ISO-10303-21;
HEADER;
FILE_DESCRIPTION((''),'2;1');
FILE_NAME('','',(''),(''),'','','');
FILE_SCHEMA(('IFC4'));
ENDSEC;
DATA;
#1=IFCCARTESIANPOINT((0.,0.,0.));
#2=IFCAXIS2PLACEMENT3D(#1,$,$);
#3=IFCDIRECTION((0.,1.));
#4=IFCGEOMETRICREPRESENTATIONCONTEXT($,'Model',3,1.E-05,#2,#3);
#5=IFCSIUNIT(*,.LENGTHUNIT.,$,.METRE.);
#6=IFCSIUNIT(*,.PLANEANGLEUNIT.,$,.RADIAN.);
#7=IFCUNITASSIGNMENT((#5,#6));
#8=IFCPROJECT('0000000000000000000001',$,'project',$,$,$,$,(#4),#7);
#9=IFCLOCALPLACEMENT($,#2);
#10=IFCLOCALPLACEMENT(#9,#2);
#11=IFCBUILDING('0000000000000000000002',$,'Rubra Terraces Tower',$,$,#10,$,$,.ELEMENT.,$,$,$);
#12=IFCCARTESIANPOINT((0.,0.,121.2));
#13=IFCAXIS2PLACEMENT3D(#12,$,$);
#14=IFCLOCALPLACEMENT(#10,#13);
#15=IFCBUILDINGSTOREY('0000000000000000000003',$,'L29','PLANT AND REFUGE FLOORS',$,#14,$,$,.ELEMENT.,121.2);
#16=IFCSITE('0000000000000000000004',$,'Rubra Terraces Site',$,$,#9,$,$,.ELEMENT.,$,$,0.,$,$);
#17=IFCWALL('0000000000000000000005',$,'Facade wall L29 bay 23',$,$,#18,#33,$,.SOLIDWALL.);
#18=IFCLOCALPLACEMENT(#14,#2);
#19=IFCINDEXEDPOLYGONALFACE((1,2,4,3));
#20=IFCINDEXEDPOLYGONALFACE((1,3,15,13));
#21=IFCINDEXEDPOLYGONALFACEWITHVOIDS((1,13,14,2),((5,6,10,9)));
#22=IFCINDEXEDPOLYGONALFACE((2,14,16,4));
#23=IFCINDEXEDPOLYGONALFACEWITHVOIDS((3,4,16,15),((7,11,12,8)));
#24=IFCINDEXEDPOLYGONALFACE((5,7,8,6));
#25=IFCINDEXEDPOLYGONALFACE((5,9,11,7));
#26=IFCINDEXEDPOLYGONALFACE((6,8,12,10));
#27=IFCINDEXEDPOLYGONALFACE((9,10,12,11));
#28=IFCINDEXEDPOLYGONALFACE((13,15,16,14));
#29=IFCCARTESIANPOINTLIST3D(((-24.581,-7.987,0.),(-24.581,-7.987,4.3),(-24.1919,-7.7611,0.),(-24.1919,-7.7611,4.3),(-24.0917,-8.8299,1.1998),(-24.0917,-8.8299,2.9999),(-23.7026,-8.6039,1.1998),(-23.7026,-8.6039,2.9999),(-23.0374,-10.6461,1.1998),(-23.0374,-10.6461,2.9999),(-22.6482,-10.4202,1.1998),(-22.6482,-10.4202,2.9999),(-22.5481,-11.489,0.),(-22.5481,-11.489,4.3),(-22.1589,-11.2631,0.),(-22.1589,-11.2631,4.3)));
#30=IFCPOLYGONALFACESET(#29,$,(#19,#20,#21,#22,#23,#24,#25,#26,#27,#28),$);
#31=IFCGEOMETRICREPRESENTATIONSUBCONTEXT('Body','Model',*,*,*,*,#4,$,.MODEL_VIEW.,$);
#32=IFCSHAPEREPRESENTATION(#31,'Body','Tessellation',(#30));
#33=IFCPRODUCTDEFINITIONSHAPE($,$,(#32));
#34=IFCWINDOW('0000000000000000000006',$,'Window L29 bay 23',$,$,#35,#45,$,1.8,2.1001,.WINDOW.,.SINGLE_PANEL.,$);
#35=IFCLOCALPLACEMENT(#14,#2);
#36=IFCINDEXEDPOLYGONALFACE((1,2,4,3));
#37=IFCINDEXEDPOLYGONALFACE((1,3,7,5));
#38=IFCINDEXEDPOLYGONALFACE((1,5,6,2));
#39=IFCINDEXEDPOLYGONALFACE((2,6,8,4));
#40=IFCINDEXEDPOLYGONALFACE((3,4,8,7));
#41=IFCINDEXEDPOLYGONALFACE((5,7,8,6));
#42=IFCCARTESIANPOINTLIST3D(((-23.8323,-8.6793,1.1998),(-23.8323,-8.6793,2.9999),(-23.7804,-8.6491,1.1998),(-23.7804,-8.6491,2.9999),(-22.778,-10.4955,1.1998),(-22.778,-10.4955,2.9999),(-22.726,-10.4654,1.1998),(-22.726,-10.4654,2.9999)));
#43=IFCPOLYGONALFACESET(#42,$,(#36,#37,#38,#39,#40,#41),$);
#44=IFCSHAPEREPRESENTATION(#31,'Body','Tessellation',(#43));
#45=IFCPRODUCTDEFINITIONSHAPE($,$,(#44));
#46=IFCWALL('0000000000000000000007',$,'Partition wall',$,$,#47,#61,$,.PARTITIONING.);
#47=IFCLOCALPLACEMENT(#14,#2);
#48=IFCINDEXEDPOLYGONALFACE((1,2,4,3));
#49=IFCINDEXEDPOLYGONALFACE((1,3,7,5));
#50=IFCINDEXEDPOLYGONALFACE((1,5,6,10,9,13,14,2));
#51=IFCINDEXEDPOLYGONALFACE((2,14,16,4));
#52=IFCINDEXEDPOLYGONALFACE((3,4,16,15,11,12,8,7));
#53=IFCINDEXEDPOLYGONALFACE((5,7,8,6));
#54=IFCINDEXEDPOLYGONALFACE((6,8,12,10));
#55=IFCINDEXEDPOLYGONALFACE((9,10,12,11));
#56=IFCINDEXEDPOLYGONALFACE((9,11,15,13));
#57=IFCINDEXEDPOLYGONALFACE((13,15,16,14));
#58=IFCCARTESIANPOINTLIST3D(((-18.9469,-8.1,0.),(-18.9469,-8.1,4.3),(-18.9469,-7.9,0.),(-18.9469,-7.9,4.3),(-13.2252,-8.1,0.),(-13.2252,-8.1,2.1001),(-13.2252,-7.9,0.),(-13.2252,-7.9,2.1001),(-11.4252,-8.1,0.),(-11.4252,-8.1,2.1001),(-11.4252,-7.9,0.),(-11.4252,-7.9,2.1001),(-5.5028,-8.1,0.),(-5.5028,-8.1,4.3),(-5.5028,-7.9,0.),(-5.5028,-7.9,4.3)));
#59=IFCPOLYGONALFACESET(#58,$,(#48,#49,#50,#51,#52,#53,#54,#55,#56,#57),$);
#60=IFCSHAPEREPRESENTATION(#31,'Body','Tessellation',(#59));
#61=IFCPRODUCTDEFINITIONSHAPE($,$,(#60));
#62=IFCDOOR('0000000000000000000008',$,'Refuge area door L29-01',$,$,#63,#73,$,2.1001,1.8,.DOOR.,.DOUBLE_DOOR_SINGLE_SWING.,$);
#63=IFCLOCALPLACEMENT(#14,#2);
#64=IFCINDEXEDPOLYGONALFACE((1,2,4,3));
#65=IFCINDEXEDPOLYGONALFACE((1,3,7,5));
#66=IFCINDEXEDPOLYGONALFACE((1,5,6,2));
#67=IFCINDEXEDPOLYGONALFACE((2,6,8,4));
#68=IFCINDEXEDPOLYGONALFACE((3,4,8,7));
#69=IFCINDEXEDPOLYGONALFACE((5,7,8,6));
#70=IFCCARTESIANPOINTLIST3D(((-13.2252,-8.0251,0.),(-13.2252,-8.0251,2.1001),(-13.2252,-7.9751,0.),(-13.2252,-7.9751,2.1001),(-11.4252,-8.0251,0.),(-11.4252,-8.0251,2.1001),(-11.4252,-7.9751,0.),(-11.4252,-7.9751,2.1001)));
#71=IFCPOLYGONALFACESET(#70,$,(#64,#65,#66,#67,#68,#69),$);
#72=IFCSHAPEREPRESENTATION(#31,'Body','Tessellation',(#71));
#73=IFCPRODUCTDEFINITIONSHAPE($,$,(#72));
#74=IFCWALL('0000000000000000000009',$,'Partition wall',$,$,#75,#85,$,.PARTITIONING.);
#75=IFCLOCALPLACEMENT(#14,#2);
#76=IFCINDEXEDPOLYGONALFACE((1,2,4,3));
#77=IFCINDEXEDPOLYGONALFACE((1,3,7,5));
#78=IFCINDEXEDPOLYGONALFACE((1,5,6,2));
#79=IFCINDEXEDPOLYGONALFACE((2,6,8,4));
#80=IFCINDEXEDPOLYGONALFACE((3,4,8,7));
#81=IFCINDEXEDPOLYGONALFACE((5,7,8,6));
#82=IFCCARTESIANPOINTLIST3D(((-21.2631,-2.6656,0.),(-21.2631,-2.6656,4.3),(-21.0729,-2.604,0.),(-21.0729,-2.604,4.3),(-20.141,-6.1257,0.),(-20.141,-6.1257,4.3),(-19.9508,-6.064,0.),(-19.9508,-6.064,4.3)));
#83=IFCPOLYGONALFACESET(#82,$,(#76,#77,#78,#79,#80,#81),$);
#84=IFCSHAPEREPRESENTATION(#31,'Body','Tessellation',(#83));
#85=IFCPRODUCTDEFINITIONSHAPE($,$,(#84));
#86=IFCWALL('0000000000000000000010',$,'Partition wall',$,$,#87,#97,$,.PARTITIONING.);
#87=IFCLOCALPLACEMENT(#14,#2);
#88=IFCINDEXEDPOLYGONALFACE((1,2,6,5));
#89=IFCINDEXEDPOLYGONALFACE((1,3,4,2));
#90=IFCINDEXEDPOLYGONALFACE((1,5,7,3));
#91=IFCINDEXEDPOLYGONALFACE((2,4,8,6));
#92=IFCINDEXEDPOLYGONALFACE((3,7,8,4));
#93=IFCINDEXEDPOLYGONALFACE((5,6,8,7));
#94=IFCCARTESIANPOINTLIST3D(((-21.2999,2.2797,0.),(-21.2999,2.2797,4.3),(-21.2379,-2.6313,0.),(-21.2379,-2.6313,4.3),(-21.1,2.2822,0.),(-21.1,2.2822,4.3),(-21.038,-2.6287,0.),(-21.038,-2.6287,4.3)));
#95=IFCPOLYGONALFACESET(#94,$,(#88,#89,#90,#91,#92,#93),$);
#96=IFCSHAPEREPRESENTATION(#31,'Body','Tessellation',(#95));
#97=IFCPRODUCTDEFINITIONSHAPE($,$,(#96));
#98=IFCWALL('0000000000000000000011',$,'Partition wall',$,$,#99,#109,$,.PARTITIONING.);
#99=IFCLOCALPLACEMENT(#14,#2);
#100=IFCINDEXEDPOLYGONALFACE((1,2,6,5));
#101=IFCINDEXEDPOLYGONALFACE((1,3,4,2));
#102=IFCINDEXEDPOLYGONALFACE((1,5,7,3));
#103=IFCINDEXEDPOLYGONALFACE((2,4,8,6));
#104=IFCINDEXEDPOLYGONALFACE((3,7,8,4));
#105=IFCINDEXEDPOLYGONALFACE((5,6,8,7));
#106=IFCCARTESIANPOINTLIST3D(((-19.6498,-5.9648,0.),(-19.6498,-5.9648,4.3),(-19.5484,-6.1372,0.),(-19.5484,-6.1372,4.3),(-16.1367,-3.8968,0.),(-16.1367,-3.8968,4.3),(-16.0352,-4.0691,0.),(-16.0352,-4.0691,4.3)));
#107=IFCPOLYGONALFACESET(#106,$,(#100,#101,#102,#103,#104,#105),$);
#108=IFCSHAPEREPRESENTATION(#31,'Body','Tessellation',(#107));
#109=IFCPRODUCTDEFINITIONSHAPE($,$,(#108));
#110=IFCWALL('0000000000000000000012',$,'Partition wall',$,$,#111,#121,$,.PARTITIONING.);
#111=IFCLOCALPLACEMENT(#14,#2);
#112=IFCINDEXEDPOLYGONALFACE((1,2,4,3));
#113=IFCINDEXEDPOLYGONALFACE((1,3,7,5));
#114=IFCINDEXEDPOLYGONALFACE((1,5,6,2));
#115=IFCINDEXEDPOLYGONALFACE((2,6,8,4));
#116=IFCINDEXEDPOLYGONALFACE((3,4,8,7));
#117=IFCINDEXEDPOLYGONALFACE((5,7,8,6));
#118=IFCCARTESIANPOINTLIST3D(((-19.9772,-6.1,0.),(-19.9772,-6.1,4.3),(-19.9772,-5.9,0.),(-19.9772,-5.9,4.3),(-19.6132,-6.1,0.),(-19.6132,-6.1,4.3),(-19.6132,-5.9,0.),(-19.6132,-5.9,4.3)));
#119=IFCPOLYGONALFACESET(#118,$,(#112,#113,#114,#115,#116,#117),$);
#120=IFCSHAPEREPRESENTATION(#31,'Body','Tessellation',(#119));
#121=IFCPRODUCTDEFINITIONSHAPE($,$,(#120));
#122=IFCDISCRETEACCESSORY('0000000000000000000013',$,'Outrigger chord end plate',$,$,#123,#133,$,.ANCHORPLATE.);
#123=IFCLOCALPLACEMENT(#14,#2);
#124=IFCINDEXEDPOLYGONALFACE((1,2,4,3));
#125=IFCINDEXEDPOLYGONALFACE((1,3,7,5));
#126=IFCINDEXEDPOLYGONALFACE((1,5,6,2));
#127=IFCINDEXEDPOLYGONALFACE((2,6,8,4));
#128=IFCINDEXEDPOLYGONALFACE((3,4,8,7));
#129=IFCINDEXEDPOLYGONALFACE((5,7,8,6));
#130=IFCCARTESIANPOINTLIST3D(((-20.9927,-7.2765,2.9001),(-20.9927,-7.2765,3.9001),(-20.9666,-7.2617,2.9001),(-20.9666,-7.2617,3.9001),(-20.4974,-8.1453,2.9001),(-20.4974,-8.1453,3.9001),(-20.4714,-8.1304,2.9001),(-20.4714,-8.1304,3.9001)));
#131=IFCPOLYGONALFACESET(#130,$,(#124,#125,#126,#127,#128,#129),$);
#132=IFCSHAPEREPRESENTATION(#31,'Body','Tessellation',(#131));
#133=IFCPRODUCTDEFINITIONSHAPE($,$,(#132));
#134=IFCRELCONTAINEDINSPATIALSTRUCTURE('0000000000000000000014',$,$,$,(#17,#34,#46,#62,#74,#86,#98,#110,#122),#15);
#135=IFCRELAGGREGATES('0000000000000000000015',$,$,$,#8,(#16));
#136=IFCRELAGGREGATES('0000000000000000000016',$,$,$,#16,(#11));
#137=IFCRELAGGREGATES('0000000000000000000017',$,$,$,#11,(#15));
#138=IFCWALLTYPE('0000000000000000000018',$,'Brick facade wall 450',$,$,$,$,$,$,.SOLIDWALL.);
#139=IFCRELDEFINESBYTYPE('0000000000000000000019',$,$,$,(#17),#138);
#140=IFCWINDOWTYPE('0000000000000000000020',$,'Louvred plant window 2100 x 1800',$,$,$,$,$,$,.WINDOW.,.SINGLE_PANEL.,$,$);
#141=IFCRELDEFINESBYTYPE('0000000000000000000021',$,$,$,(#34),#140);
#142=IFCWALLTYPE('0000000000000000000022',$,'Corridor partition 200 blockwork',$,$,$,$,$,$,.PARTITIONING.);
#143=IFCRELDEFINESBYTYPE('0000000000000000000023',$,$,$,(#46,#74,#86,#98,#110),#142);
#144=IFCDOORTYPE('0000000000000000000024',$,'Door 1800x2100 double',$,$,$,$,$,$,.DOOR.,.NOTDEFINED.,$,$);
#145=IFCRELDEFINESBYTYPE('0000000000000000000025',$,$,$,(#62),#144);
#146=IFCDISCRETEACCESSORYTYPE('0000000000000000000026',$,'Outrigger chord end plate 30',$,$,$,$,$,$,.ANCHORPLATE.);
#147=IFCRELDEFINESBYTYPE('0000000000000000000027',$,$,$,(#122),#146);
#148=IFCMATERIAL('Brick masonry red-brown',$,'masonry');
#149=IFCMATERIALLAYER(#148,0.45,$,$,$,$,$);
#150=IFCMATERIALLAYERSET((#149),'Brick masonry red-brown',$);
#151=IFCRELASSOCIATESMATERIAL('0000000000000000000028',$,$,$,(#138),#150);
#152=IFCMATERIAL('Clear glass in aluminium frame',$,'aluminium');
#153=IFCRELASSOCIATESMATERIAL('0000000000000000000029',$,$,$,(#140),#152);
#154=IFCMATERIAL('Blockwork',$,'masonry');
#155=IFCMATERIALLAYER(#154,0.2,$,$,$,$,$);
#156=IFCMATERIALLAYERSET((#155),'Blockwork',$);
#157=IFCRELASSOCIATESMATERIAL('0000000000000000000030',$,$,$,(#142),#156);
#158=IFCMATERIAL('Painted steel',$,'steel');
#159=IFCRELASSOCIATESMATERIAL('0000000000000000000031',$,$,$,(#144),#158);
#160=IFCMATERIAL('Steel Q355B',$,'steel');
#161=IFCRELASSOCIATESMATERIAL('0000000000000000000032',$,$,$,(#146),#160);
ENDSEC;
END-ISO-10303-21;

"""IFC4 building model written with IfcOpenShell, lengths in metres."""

from ifc_helpers import new_model, si_unit, direction, frame, frame_2d, origin, origin_2d, place, context, subcontext, project, spatial, rectangle, extrude, material, layer, layer_set, material_profile, profile_set, type_object, element, fill, save


model = new_model("IFC4")

# Units and contexts
model_context = context("Model", 3, precision=1e-05, world=origin(), true_north=direction((0.0, 1.0)))
body_context = subcontext(model_context, "Body", "Model", "MODEL_VIEW")
ifc_project = project(units=[si_unit("LENGTHUNIT", "METRE"), si_unit("PLANEANGLEUNIT", "RADIAN")], contexts=[model_context])

# Site, building, storey
site_placement = place(None, origin())
site = spatial("IfcSite", under=ifc_project, at=site_placement, Name="Rubra Terraces Site", CompositionType="ELEMENT", RefElevation=0.0)
building_placement = place(site_placement, origin())
building = spatial("IfcBuilding", under=site, at=building_placement, Name="Rubra Terraces Tower", CompositionType="ELEMENT")
storey_placement = place(building_placement, frame((0.0, 0.0, 121.2)))
storey = spatial("IfcBuildingStorey", under=building, at=storey_placement, Name="L29", Description="PLANT AND REFUGE FLOORS", CompositionType="ELEMENT", Elevation=121.2)

# Shared definitions
ifc_material_1 = material(Name="Steel Q355B", Category="steel")

# Shared definitions
ifc_material_2 = material(Name="Brick masonry red-brown", Category="masonry")
ifc_layer_1 = layer(ifc_material_2, 0.45)
ifc_layer_set_1 = layer_set([ifc_layer_1], Name="Brick masonry red-brown")
wall_type_1 = type_object("IfcWallType", Name="Brick facade wall 450", PredefinedType="SOLIDWALL", material=ifc_layer_set_1)

# Wall, opening, window
wall_1_placement = place(storey_placement, frame((-24.3865, -7.874, 0.0), z_axis=(0.0, 0.0, 1.0), x_axis=(0.502056, -0.864835, 0.0)))
wall_1 = element("IfcWall", 1, at=wall_1_placement, inside=storey, type_object=wall_type_1, Name="Facade wall L29 bay 23", PredefinedType="SOLIDWALL", context=body_context, shape_type="SweptSolid", body=[
    extrude(rectangle(XDim=4.0493, YDim=0.45, at=frame_2d((2.0247, 0.0))), origin(), (0.0, 0.0, 1.0), 4.3),
])
opening_1_placement = place(wall_1_placement, frame((0.9746, 0.0, 1.2)))
opening_1 = element("IfcOpeningElement", 2, at=opening_1_placement, cuts=wall_1, PredefinedType="OPENING", context=body_context, shape_type="SweptSolid", body=[
    extrude(rectangle(XDim=2.1001, YDim=1.8, at=frame_2d((1.05, 0.8999))), frame((0.0, 0.2349, 0.0), z_axis=(0.0, -1.0, 0.0), x_axis=(1.0, 0.0, 0.0)), (0.0, 0.0, 1.0), 0.47),
])
ifc_material_3 = material(Name="Clear glass in aluminium frame", Category="aluminium")
window_type = type_object("IfcWindowType", Name="Louvred plant window 2100 x 1800", PartitioningType="SINGLE_PANEL", PredefinedType="WINDOW", material=ifc_material_3)
window_placement = place(opening_1_placement, origin())
window = element("IfcWindow", 3, at=window_placement, inside=storey, type_object=window_type, Name="Window L29 bay 23", OverallHeight=1.8, OverallWidth=2.1001, PartitioningType="SINGLE_PANEL", PredefinedType="WINDOW", context=body_context, shape_type="SweptSolid", body=[
    extrude(rectangle(XDim=2.1001, YDim=1.8, at=frame_2d((1.05, 0.8999))), frame((0.0, 0.135, 0.0), z_axis=(0.0, -1.0, 0.0), x_axis=(1.0, 0.0, 0.0)), (0.0, 0.0, 1.0), 0.0601),
])
fill(opening_1, window)

# Wall, opening, door
ifc_material_4 = material(Name="Blockwork", Category="masonry")
ifc_layer_2 = layer(ifc_material_4, 0.2)
ifc_layer_set_2 = layer_set([ifc_layer_2], Name="Blockwork")
wall_type_2 = type_object("IfcWallType", Name="Corridor partition 200 blockwork", PredefinedType="PARTITIONING", material=ifc_layer_set_2)
wall_2_placement = place(storey_placement, frame((-18.947, -8.0, 0.0), z_axis=(0.0, 0.0, 1.0), x_axis=(1.0, 0.0, 0.0)))
wall_2 = element("IfcWall", 4, at=wall_2_placement, inside=storey, type_object=wall_type_2, Name="Partition wall", PredefinedType="PARTITIONING", context=body_context, shape_type="SweptSolid", body=[
    extrude(rectangle(XDim=13.4441, YDim=0.2, at=frame_2d((6.7222, 0.0))), origin(), (0.0, 0.0, 1.0), 4.3),
])
opening_2_placement = place(wall_2_placement, frame((5.7219, 0.0, 0.0)))
opening_2 = element("IfcOpeningElement", 5, at=opening_2_placement, cuts=wall_2, PredefinedType="OPENING", context=body_context, shape_type="SweptSolid", body=[
    extrude(rectangle(XDim=1.8, YDim=2.1001, at=frame_2d((0.8999, 1.05))), frame((0.0, 0.1099, 0.0), z_axis=(0.0, -1.0, 0.0), x_axis=(1.0, 0.0, 0.0)), (0.0, 0.0, 1.0), 0.22),
])
ifc_material_5 = material(Name="Painted steel", Category="steel")
door_type = type_object("IfcDoorType", Name="Door 1800x2100 double", OperationType="NOTDEFINED", PredefinedType="DOOR", material=ifc_material_5)
door_placement = place(opening_2_placement, origin())
door = element("IfcDoor", 6, at=door_placement, inside=storey, type_object=door_type, Name="Refuge area door L29-01", OperationType="DOUBLE_DOOR_SINGLE_SWING", OverallHeight=2.1001, OverallWidth=1.8, PredefinedType="DOOR", context=body_context, shape_type="SweptSolid", body=[
    extrude(rectangle(XDim=1.8, YDim=2.1001, at=frame_2d((0.8999, 1.05))), frame((0.0, 0.0249, 0.0), z_axis=(0.0, -1.0, 0.0), x_axis=(1.0, 0.0, 0.0)), (0.0, 0.0, 1.0), 0.05),
])
fill(opening_2, door)

# Walls
wall_3_placement = place(storey_placement, frame((-20.0459, -6.095, 0.0), z_axis=(0.0, 0.0, 1.0), x_axis=(-0.308485, 0.951229, 0.0)))
element("IfcWall", 7, at=wall_3_placement, inside=storey, type_object=wall_type_2, Name="Partition wall", PredefinedType="PARTITIONING", context=body_context, shape_type="SweptSolid", body=[
    extrude(rectangle(XDim=3.6375, YDim=0.2, at=frame_2d((1.8188, 0.0))), origin(), (0.0, 0.0, 1.0), 4.3),
])
wall_4_placement = place(storey_placement, frame((-21.1379, -2.6299, 0.0), z_axis=(0.0, 0.0, 1.0), x_axis=(-0.012626, 0.99992, 0.0)))
element("IfcWall", 8, at=wall_4_placement, inside=storey, type_object=wall_type_2, Name="Partition wall", PredefinedType="PARTITIONING", context=body_context, shape_type="SweptSolid", body=[
    extrude(rectangle(XDim=4.9114, YDim=0.2, at=frame_2d((2.4556, 0.0))), origin(), (0.0, 0.0, 1.0), 4.3),
])
wall_5_placement = place(storey_placement, frame((-16.0859, -3.9829, 0.0), z_axis=(0.0, 0.0, 1.0), x_axis=(-0.861769, -0.5073, 0.0)))
element("IfcWall", 9, at=wall_5_placement, inside=storey, type_object=wall_type_2, Name="Partition wall", PredefinedType="PARTITIONING", context=body_context, shape_type="SweptSolid", body=[
    extrude(rectangle(XDim=4.0767, YDim=0.2, at=frame_2d((2.0383, 0.0))), origin(), (0.0, 0.0, 1.0), 4.3),
])
wall_6_placement = place(storey_placement, frame((-19.613, -6.0, 0.0), z_axis=(0.0, 0.0, 1.0), x_axis=(-1.0, 0.0, 0.0)))
element("IfcWall", 10, at=wall_6_placement, inside=storey, type_object=wall_type_2, Name="Partition wall", PredefinedType="PARTITIONING", context=body_context, shape_type="SweptSolid", body=[
    extrude(rectangle(XDim=0.364, YDim=0.2, at=frame_2d((0.1821, 0.0))), origin(), (0.0, 0.0, 1.0), 4.3),
])

# Discrete accessory
ifc_material_profile_1 = material_profile(ifc_material_1, rectangle(XDim=1.0, YDim=1.0, at=origin_2d()), Name="PL 1000x1000x30")
ifc_profile_set_1 = profile_set([ifc_material_profile_1], Name="Steel Q355B")
discrete_accessory_type = type_object("IfcDiscreteAccessoryType", Name="Outrigger chord end plate 30", PredefinedType="ANCHORPLATE", material=ifc_profile_set_1)
discrete_accessory_placement = place(storey_placement, frame((-20.719, -7.696, 3.4001), z_axis=(-0.868742, -0.495264, 0.0), x_axis=(0.495264, -0.868742, 0.0)))
element("IfcDiscreteAccessory", 11, at=discrete_accessory_placement, inside=storey, type_object=discrete_accessory_type, Name="Outrigger chord end plate", PredefinedType="ANCHORPLATE", context=body_context, shape_type="SweptSolid", body=[
    extrude(rectangle(XDim=1.0, YDim=1.0, at=origin_2d()), origin(), (0.0, 0.0, 1.0), 0.03),
])

save(model, "model.ifc")
